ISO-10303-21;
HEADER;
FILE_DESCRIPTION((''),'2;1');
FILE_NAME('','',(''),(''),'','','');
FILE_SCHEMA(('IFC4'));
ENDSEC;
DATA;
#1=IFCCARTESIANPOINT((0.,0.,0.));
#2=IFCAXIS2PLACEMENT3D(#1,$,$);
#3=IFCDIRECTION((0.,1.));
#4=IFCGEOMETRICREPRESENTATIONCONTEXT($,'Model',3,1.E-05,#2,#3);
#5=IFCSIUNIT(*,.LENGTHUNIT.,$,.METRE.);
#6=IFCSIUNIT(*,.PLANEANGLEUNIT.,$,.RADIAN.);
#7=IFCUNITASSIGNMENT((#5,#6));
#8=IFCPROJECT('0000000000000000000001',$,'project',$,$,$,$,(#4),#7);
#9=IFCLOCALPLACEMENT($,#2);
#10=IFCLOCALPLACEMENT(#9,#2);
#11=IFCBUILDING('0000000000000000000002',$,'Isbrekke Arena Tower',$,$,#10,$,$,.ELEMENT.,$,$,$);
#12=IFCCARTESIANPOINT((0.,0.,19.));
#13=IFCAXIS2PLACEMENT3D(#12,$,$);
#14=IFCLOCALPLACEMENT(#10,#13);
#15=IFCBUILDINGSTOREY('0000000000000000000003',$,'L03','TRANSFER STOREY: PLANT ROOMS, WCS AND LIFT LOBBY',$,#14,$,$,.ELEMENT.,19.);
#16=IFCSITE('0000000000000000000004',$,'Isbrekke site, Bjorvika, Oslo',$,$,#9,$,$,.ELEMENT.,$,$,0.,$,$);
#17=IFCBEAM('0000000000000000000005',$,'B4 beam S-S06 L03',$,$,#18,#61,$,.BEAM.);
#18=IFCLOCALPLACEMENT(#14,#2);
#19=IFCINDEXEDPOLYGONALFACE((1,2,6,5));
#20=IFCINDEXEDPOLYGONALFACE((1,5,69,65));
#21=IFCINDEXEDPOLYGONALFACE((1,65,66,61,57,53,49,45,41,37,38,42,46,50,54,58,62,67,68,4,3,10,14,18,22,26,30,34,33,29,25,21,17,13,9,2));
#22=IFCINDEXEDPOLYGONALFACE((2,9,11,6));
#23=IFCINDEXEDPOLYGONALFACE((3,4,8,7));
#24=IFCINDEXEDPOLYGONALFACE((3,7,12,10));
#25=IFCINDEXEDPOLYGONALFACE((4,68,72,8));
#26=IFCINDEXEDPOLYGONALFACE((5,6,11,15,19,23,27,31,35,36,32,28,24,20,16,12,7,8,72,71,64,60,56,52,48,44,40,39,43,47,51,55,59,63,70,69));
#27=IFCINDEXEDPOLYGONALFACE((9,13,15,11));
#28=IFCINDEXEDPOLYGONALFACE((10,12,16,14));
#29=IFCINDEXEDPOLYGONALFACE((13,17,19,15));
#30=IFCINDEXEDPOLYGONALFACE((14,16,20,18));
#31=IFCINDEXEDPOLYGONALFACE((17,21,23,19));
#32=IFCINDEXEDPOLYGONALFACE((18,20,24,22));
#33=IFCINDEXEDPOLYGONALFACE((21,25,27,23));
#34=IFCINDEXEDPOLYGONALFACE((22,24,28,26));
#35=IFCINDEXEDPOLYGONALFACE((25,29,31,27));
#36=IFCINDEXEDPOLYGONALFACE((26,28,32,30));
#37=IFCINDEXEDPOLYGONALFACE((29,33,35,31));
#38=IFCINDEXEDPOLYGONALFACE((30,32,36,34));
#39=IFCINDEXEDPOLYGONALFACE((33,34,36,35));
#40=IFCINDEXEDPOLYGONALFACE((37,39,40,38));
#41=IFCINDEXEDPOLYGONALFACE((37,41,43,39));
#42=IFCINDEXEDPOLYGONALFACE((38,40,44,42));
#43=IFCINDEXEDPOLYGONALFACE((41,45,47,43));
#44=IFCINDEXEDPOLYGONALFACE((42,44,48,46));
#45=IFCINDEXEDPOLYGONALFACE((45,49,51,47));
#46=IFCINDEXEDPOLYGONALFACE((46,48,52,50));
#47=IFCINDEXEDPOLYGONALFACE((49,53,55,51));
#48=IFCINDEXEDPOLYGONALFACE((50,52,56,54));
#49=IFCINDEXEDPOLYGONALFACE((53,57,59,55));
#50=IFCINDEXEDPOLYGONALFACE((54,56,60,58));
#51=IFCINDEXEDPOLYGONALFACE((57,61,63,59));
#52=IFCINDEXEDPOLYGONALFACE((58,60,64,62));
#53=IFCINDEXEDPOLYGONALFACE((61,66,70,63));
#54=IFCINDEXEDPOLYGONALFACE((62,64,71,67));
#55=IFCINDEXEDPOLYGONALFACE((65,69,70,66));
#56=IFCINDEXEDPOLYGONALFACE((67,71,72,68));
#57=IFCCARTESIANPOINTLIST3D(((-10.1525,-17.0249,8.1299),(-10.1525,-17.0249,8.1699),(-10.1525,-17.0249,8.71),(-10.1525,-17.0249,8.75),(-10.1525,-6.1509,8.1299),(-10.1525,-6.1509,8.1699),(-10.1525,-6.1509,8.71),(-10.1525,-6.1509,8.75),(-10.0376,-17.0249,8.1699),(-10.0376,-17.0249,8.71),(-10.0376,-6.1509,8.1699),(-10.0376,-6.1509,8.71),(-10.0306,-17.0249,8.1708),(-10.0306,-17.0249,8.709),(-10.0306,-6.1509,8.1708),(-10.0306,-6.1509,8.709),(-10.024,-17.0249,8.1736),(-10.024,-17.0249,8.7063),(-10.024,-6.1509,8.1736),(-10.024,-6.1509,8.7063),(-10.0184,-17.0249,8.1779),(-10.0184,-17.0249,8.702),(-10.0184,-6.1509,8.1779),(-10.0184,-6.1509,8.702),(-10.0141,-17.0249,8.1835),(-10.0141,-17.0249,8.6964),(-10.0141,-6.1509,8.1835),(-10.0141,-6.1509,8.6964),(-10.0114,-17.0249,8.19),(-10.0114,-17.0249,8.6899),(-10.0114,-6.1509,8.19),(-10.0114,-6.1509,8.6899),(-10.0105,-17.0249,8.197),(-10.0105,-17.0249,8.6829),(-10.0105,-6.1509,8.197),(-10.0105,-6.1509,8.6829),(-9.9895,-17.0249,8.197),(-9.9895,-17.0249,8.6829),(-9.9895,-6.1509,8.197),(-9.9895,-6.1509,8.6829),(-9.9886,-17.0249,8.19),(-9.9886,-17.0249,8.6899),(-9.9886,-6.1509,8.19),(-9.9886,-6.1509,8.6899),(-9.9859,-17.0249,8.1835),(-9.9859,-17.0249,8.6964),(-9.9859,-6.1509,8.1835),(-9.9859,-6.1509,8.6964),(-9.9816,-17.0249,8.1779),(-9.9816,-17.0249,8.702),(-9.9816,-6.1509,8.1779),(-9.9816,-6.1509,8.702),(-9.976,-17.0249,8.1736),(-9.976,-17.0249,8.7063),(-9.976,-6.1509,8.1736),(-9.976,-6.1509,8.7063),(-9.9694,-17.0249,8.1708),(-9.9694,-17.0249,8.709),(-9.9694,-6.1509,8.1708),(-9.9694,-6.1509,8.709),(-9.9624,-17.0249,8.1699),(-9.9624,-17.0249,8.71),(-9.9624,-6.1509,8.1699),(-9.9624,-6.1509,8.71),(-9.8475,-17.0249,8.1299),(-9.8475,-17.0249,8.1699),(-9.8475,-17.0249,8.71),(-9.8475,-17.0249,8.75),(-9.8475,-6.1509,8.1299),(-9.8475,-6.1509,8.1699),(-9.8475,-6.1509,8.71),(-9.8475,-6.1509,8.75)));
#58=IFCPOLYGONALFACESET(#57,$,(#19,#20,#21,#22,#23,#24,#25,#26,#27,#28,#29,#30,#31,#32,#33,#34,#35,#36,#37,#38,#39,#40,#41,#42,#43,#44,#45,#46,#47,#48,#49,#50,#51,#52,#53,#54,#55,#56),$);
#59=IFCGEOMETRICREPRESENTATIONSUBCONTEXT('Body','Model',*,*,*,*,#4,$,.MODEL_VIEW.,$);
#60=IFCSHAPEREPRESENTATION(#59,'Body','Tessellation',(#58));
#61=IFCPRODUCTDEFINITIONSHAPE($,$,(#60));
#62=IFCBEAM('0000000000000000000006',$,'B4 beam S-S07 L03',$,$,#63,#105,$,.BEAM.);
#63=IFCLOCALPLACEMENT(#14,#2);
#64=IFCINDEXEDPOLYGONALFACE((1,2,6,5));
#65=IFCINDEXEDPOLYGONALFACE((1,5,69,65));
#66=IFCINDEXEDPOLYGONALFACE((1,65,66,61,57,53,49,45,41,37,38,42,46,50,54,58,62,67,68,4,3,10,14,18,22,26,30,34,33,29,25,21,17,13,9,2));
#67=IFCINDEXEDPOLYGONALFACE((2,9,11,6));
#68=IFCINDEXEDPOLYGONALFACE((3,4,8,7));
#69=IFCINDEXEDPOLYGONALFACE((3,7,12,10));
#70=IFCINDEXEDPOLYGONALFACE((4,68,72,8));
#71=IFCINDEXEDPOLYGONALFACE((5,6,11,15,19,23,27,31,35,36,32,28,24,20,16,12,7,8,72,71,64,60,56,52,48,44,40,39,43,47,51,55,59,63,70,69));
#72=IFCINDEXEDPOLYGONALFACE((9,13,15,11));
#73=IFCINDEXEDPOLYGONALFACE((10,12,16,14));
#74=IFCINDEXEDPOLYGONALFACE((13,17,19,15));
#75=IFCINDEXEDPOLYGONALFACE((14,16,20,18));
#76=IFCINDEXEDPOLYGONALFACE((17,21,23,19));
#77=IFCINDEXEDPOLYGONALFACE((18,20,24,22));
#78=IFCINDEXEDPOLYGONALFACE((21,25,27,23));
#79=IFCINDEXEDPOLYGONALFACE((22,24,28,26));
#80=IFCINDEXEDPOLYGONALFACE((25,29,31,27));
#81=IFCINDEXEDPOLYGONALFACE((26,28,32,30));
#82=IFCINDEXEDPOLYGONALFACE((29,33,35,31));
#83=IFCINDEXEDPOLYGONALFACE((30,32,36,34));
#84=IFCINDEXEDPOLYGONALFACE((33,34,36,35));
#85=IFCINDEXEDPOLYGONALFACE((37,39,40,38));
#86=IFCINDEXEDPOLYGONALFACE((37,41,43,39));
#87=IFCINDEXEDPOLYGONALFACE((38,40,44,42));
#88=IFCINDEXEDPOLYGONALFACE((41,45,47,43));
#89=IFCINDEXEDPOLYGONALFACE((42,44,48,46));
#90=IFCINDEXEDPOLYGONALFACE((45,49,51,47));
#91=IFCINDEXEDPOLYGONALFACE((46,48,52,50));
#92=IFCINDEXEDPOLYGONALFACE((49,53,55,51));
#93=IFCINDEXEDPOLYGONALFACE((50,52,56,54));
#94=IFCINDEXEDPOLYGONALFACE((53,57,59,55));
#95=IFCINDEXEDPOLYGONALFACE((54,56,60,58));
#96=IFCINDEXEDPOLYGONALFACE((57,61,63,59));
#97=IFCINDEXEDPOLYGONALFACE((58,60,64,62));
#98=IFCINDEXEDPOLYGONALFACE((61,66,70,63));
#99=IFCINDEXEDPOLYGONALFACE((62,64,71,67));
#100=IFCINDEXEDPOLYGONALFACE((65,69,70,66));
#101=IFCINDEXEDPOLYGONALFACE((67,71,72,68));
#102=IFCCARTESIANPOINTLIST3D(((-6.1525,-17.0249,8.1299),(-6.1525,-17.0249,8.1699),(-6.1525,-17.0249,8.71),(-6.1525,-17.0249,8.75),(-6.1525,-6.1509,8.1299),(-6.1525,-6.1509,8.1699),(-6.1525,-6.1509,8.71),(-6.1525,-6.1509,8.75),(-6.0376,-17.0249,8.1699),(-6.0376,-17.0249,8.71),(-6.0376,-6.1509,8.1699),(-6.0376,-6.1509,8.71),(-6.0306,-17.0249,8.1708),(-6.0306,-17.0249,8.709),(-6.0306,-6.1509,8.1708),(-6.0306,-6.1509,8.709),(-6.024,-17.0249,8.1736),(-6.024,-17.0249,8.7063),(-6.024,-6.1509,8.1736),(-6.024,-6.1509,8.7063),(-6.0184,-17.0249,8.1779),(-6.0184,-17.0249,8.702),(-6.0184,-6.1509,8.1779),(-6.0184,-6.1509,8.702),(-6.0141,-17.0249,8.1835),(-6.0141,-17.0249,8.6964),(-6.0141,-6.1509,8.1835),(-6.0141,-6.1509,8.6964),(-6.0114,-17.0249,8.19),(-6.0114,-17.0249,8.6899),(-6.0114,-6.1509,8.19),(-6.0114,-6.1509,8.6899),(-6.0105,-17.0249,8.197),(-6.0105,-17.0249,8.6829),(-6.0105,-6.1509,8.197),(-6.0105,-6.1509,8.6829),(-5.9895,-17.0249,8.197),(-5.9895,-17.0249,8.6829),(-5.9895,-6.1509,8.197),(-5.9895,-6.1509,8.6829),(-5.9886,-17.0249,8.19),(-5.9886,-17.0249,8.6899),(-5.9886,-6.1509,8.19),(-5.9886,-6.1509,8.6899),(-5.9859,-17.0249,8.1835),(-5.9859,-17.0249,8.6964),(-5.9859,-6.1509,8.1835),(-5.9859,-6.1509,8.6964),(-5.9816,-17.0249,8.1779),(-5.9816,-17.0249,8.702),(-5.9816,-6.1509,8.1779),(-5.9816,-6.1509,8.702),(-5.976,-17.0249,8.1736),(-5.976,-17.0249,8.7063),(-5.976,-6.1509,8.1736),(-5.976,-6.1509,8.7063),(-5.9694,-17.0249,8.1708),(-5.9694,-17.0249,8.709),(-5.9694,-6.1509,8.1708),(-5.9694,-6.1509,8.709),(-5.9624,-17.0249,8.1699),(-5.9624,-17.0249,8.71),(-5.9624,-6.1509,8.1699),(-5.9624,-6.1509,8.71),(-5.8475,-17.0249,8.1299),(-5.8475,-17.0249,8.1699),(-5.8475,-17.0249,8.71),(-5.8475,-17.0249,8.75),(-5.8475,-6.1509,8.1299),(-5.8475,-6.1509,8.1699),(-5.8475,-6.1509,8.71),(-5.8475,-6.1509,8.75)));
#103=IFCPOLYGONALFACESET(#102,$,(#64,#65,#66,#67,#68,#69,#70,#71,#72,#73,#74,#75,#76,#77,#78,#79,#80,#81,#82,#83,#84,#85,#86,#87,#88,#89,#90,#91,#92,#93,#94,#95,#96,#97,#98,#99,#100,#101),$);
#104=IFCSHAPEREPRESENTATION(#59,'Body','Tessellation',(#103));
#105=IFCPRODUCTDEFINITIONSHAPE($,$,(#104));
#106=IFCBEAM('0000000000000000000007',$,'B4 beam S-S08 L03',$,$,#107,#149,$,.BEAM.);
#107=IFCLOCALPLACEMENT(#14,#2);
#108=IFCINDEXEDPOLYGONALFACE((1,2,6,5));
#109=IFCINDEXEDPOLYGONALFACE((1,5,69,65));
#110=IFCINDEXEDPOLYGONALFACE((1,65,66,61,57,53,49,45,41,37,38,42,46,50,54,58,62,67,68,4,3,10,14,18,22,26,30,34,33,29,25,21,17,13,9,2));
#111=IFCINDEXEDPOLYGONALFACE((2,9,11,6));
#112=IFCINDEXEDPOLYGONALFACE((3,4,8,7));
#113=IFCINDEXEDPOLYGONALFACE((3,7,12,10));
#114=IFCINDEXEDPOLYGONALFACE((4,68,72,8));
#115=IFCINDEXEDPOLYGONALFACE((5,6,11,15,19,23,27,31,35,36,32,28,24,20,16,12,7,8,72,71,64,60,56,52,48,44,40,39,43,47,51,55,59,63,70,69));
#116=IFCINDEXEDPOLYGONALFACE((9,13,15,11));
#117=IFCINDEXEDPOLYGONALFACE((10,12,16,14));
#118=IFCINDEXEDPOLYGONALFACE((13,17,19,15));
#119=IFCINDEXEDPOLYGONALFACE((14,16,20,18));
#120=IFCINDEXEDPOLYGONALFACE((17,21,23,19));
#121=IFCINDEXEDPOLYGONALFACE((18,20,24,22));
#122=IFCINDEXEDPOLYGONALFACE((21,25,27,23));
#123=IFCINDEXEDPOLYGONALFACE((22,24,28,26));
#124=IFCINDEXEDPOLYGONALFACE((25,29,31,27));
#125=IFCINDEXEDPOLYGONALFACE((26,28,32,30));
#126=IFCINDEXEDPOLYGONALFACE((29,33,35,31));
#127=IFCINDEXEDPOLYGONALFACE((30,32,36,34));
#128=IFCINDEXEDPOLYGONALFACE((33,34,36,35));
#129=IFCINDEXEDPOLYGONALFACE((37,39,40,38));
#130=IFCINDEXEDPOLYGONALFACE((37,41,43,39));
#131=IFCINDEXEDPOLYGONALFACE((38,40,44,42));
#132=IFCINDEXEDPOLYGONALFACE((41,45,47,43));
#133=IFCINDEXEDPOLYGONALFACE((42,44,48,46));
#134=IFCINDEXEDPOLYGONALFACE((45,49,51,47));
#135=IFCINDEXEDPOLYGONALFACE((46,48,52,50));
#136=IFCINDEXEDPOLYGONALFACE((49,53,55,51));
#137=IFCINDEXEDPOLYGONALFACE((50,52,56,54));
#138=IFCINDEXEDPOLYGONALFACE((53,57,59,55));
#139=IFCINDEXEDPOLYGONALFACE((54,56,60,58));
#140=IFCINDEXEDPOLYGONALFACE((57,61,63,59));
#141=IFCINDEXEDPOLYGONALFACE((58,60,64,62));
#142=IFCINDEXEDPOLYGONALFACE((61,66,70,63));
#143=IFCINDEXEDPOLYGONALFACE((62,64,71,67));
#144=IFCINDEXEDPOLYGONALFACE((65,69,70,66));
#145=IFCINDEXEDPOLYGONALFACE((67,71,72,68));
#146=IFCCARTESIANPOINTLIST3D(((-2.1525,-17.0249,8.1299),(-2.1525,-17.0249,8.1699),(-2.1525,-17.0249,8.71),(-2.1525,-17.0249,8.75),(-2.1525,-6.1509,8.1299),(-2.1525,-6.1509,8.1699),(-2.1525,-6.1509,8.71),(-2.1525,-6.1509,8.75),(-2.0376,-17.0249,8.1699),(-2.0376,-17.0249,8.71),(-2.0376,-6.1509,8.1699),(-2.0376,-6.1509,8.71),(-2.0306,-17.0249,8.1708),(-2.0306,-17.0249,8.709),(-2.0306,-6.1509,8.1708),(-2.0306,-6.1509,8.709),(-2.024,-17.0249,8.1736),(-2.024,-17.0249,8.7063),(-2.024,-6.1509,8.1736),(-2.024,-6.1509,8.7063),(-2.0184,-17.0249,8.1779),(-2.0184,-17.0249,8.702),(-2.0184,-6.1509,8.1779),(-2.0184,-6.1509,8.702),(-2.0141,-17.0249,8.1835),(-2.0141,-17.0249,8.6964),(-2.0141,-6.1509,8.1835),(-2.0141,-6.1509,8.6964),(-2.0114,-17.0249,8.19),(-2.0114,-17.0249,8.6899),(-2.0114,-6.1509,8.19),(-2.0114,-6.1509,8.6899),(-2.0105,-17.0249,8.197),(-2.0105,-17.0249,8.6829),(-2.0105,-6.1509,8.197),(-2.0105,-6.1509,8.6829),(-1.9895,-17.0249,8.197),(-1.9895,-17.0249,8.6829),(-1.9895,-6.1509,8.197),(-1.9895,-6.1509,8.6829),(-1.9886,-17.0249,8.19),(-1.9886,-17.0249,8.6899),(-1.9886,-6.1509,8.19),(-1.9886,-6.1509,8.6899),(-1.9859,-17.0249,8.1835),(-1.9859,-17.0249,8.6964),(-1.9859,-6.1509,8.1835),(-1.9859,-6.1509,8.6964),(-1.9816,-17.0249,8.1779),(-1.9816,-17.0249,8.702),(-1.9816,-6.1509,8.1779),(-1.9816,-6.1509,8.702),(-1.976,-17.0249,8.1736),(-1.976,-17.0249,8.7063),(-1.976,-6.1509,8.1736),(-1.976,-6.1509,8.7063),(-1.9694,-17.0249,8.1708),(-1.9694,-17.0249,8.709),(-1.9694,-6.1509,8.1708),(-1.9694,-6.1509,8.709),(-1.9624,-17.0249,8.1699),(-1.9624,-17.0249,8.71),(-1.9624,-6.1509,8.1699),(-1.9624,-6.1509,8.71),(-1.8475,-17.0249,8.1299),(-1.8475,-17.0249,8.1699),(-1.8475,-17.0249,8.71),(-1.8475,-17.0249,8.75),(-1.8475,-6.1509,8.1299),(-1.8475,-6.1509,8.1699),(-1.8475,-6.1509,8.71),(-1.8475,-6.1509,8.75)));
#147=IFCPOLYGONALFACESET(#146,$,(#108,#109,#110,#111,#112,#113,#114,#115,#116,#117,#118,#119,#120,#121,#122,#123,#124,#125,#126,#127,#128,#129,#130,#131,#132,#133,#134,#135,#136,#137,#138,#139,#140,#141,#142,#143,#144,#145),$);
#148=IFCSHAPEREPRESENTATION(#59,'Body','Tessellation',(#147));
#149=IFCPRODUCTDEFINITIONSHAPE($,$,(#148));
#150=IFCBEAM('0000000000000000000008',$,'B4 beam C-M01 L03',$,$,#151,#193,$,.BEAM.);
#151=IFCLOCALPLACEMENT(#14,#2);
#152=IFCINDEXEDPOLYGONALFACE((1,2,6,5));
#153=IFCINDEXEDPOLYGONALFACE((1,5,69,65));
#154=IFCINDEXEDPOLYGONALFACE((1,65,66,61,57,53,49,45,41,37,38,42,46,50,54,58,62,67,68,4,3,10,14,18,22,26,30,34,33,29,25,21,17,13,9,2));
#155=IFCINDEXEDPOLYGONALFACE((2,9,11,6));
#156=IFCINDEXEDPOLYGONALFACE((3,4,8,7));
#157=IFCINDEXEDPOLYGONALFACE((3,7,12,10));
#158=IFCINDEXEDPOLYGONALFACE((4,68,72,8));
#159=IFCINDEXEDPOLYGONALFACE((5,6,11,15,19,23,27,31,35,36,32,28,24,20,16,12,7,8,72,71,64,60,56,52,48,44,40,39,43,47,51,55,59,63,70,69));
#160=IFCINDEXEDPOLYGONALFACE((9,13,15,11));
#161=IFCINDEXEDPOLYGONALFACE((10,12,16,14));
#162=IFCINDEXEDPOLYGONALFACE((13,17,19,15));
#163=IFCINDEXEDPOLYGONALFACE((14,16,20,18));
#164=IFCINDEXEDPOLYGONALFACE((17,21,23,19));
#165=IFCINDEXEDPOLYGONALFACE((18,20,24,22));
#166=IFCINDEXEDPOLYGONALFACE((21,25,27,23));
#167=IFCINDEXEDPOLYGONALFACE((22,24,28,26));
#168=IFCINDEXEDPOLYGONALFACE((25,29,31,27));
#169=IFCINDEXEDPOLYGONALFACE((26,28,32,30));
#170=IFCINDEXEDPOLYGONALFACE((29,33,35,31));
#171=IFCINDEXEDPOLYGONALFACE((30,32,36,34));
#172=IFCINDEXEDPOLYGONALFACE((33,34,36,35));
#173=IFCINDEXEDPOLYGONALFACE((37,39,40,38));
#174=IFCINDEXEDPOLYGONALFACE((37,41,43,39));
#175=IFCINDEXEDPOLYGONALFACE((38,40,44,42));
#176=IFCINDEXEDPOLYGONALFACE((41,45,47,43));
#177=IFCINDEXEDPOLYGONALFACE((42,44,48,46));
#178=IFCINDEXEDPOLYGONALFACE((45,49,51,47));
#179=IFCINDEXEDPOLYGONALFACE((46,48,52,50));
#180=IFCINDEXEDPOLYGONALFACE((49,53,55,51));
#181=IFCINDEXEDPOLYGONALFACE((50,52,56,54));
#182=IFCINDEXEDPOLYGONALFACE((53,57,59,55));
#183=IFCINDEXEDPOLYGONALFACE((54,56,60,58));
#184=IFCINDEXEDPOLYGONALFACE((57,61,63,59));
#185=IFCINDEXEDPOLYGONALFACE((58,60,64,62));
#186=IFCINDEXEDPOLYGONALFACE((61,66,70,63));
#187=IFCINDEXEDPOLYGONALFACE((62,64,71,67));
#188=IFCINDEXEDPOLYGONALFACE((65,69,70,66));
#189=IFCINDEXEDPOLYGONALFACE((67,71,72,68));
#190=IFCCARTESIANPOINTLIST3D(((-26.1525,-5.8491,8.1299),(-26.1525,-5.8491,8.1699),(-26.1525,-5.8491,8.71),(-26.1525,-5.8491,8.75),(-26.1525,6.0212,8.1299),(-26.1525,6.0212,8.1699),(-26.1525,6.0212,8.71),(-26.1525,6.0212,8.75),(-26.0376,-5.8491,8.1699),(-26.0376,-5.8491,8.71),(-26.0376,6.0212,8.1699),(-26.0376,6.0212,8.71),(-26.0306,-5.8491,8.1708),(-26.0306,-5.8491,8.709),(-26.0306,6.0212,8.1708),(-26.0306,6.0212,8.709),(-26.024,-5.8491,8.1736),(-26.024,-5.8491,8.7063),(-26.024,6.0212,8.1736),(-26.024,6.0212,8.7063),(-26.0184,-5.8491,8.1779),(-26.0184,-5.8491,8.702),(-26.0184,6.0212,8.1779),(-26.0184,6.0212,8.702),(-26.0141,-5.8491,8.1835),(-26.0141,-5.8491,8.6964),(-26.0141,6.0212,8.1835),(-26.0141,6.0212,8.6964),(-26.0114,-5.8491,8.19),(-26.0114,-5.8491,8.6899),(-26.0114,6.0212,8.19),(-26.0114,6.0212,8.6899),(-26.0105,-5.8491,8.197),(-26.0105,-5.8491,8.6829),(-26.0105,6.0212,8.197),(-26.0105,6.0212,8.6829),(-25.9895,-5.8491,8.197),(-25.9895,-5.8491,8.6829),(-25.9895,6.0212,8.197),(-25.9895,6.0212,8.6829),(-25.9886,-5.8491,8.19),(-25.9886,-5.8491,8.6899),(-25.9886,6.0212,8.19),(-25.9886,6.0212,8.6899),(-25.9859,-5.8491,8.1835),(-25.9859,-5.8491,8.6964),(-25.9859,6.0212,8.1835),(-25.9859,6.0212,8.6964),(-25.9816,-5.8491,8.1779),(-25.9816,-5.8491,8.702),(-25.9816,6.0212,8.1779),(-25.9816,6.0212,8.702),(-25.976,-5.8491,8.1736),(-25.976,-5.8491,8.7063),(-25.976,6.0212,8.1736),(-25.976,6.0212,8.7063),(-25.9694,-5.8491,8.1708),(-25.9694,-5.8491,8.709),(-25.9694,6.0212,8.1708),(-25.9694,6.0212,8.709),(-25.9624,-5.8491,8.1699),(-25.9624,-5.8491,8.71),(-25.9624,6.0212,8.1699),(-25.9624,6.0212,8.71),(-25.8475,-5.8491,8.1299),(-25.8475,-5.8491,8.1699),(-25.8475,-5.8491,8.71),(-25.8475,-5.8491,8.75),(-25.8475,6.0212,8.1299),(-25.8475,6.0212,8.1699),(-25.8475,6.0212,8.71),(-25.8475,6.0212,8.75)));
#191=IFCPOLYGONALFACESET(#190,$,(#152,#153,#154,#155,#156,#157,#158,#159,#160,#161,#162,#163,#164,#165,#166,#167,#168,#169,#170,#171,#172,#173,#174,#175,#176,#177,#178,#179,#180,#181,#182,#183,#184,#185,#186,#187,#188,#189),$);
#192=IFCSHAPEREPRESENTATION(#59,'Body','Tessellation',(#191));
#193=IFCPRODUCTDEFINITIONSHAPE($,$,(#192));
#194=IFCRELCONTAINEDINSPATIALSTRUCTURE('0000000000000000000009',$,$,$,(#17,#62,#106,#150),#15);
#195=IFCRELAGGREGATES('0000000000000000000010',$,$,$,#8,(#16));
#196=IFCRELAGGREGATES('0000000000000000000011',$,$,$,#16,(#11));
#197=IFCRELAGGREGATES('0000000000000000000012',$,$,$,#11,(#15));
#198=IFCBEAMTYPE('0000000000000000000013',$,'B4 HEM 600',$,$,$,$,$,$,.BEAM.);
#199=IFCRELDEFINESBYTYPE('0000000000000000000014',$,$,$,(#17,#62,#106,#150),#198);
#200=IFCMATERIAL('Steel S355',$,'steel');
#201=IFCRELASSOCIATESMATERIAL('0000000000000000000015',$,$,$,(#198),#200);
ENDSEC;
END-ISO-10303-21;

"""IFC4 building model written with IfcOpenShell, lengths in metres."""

from ifc_helpers import new_model, si_unit, direction, frame, origin, origin_2d, place, context, subcontext, project, spatial, i_section, extrude, material, material_profile, profile_set, type_object, element, save


model = new_model("IFC4")

# Units and contexts
model_context = context("Model", 3, precision=1e-05, world=origin(), true_north=direction((0.0, 1.0)))
body_context = subcontext(model_context, "Body", "Model", "MODEL_VIEW")
ifc_project = project(units=[si_unit("LENGTHUNIT", "METRE"), si_unit("PLANEANGLEUNIT", "RADIAN")], contexts=[model_context])

# Site, building, storey
site_placement = place(None, origin())
site = spatial("IfcSite", under=ifc_project, at=site_placement, Name="Isbrekke site, Bjorvika, Oslo", CompositionType="ELEMENT", RefElevation=0.0)
building_placement = place(site_placement, origin())
building = spatial("IfcBuilding", under=site, at=building_placement, Name="Isbrekke Arena Tower", CompositionType="ELEMENT")
storey_placement = place(building_placement, frame((0.0, 0.0, 19.0)))
storey = spatial("IfcBuildingStorey", under=building, at=storey_placement, Name="L03", Description="TRANSFER STOREY: PLANT ROOMS, WCS AND LIFT LOBBY", CompositionType="ELEMENT", Elevation=19.0)

# Beams
ifc_material_1 = material(Name="Steel S355", Category="steel")
ifc_material_profile_1 = material_profile(ifc_material_1, i_section(OverallWidth=0.3049, OverallDepth=0.6201, WebThickness=0.021, FlangeThickness=0.04, FilletRadius=0.0271, at=origin_2d()), Name="HEM 600")
ifc_profile_set_1 = profile_set([ifc_material_profile_1], Name="Steel S355")
beam_type_1 = type_object("IfcBeamType", Name="B4 HEM 600", PredefinedType="BEAM", material=ifc_profile_set_1)
for number, where, z_axis, x_axis, name in (
    (1, (-10.0, -17.0249, 8.4399), (0.0, 1.0, 0.0), (-1.0, 0.0, 0.0), "B4 beam S-S06 L03"),
    (2, (-6.0, -17.0249, 8.4399), (0.0, 1.0, 0.0), (-1.0, 0.0, 0.0), "B4 beam S-S07 L03"),
    (3, (-2.0, -17.0249, 8.4399), (0.0, 1.0, 0.0), (-1.0, 0.0, 0.0), "B4 beam S-S08 L03"),
):
    element("IfcBeam", number, at=place(storey_placement, frame(where, z_axis=z_axis, x_axis=x_axis)), inside=storey, type_object=beam_type_1, Name=name, PredefinedType="BEAM", context=body_context, shape_type="SweptSolid", body=[
        extrude(i_section(OverallWidth=0.3049, OverallDepth=0.6201, WebThickness=0.021, FlangeThickness=0.04, FilletRadius=0.0271, at=origin_2d()), origin(), (0.0, 0.0, 1.0), 10.874),
    ])
beam_1_placement = place(storey_placement, frame((-26.0, -5.8491, 8.4399), z_axis=(0.0, 1.0, 0.0), x_axis=(-1.0, 0.0, 0.0)))
element("IfcBeam", 4, at=beam_1_placement, inside=storey, type_object=beam_type_1, Name="B4 beam C-M01 L03", PredefinedType="BEAM", context=body_context, shape_type="SweptSolid", body=[
    extrude(i_section(OverallWidth=0.3049, OverallDepth=0.6201, WebThickness=0.021, FlangeThickness=0.04, FilletRadius=0.0271, at=origin_2d()), origin(), (0.0, 0.0, 1.0), 11.8704),
])

save(model, "model.ifc")
